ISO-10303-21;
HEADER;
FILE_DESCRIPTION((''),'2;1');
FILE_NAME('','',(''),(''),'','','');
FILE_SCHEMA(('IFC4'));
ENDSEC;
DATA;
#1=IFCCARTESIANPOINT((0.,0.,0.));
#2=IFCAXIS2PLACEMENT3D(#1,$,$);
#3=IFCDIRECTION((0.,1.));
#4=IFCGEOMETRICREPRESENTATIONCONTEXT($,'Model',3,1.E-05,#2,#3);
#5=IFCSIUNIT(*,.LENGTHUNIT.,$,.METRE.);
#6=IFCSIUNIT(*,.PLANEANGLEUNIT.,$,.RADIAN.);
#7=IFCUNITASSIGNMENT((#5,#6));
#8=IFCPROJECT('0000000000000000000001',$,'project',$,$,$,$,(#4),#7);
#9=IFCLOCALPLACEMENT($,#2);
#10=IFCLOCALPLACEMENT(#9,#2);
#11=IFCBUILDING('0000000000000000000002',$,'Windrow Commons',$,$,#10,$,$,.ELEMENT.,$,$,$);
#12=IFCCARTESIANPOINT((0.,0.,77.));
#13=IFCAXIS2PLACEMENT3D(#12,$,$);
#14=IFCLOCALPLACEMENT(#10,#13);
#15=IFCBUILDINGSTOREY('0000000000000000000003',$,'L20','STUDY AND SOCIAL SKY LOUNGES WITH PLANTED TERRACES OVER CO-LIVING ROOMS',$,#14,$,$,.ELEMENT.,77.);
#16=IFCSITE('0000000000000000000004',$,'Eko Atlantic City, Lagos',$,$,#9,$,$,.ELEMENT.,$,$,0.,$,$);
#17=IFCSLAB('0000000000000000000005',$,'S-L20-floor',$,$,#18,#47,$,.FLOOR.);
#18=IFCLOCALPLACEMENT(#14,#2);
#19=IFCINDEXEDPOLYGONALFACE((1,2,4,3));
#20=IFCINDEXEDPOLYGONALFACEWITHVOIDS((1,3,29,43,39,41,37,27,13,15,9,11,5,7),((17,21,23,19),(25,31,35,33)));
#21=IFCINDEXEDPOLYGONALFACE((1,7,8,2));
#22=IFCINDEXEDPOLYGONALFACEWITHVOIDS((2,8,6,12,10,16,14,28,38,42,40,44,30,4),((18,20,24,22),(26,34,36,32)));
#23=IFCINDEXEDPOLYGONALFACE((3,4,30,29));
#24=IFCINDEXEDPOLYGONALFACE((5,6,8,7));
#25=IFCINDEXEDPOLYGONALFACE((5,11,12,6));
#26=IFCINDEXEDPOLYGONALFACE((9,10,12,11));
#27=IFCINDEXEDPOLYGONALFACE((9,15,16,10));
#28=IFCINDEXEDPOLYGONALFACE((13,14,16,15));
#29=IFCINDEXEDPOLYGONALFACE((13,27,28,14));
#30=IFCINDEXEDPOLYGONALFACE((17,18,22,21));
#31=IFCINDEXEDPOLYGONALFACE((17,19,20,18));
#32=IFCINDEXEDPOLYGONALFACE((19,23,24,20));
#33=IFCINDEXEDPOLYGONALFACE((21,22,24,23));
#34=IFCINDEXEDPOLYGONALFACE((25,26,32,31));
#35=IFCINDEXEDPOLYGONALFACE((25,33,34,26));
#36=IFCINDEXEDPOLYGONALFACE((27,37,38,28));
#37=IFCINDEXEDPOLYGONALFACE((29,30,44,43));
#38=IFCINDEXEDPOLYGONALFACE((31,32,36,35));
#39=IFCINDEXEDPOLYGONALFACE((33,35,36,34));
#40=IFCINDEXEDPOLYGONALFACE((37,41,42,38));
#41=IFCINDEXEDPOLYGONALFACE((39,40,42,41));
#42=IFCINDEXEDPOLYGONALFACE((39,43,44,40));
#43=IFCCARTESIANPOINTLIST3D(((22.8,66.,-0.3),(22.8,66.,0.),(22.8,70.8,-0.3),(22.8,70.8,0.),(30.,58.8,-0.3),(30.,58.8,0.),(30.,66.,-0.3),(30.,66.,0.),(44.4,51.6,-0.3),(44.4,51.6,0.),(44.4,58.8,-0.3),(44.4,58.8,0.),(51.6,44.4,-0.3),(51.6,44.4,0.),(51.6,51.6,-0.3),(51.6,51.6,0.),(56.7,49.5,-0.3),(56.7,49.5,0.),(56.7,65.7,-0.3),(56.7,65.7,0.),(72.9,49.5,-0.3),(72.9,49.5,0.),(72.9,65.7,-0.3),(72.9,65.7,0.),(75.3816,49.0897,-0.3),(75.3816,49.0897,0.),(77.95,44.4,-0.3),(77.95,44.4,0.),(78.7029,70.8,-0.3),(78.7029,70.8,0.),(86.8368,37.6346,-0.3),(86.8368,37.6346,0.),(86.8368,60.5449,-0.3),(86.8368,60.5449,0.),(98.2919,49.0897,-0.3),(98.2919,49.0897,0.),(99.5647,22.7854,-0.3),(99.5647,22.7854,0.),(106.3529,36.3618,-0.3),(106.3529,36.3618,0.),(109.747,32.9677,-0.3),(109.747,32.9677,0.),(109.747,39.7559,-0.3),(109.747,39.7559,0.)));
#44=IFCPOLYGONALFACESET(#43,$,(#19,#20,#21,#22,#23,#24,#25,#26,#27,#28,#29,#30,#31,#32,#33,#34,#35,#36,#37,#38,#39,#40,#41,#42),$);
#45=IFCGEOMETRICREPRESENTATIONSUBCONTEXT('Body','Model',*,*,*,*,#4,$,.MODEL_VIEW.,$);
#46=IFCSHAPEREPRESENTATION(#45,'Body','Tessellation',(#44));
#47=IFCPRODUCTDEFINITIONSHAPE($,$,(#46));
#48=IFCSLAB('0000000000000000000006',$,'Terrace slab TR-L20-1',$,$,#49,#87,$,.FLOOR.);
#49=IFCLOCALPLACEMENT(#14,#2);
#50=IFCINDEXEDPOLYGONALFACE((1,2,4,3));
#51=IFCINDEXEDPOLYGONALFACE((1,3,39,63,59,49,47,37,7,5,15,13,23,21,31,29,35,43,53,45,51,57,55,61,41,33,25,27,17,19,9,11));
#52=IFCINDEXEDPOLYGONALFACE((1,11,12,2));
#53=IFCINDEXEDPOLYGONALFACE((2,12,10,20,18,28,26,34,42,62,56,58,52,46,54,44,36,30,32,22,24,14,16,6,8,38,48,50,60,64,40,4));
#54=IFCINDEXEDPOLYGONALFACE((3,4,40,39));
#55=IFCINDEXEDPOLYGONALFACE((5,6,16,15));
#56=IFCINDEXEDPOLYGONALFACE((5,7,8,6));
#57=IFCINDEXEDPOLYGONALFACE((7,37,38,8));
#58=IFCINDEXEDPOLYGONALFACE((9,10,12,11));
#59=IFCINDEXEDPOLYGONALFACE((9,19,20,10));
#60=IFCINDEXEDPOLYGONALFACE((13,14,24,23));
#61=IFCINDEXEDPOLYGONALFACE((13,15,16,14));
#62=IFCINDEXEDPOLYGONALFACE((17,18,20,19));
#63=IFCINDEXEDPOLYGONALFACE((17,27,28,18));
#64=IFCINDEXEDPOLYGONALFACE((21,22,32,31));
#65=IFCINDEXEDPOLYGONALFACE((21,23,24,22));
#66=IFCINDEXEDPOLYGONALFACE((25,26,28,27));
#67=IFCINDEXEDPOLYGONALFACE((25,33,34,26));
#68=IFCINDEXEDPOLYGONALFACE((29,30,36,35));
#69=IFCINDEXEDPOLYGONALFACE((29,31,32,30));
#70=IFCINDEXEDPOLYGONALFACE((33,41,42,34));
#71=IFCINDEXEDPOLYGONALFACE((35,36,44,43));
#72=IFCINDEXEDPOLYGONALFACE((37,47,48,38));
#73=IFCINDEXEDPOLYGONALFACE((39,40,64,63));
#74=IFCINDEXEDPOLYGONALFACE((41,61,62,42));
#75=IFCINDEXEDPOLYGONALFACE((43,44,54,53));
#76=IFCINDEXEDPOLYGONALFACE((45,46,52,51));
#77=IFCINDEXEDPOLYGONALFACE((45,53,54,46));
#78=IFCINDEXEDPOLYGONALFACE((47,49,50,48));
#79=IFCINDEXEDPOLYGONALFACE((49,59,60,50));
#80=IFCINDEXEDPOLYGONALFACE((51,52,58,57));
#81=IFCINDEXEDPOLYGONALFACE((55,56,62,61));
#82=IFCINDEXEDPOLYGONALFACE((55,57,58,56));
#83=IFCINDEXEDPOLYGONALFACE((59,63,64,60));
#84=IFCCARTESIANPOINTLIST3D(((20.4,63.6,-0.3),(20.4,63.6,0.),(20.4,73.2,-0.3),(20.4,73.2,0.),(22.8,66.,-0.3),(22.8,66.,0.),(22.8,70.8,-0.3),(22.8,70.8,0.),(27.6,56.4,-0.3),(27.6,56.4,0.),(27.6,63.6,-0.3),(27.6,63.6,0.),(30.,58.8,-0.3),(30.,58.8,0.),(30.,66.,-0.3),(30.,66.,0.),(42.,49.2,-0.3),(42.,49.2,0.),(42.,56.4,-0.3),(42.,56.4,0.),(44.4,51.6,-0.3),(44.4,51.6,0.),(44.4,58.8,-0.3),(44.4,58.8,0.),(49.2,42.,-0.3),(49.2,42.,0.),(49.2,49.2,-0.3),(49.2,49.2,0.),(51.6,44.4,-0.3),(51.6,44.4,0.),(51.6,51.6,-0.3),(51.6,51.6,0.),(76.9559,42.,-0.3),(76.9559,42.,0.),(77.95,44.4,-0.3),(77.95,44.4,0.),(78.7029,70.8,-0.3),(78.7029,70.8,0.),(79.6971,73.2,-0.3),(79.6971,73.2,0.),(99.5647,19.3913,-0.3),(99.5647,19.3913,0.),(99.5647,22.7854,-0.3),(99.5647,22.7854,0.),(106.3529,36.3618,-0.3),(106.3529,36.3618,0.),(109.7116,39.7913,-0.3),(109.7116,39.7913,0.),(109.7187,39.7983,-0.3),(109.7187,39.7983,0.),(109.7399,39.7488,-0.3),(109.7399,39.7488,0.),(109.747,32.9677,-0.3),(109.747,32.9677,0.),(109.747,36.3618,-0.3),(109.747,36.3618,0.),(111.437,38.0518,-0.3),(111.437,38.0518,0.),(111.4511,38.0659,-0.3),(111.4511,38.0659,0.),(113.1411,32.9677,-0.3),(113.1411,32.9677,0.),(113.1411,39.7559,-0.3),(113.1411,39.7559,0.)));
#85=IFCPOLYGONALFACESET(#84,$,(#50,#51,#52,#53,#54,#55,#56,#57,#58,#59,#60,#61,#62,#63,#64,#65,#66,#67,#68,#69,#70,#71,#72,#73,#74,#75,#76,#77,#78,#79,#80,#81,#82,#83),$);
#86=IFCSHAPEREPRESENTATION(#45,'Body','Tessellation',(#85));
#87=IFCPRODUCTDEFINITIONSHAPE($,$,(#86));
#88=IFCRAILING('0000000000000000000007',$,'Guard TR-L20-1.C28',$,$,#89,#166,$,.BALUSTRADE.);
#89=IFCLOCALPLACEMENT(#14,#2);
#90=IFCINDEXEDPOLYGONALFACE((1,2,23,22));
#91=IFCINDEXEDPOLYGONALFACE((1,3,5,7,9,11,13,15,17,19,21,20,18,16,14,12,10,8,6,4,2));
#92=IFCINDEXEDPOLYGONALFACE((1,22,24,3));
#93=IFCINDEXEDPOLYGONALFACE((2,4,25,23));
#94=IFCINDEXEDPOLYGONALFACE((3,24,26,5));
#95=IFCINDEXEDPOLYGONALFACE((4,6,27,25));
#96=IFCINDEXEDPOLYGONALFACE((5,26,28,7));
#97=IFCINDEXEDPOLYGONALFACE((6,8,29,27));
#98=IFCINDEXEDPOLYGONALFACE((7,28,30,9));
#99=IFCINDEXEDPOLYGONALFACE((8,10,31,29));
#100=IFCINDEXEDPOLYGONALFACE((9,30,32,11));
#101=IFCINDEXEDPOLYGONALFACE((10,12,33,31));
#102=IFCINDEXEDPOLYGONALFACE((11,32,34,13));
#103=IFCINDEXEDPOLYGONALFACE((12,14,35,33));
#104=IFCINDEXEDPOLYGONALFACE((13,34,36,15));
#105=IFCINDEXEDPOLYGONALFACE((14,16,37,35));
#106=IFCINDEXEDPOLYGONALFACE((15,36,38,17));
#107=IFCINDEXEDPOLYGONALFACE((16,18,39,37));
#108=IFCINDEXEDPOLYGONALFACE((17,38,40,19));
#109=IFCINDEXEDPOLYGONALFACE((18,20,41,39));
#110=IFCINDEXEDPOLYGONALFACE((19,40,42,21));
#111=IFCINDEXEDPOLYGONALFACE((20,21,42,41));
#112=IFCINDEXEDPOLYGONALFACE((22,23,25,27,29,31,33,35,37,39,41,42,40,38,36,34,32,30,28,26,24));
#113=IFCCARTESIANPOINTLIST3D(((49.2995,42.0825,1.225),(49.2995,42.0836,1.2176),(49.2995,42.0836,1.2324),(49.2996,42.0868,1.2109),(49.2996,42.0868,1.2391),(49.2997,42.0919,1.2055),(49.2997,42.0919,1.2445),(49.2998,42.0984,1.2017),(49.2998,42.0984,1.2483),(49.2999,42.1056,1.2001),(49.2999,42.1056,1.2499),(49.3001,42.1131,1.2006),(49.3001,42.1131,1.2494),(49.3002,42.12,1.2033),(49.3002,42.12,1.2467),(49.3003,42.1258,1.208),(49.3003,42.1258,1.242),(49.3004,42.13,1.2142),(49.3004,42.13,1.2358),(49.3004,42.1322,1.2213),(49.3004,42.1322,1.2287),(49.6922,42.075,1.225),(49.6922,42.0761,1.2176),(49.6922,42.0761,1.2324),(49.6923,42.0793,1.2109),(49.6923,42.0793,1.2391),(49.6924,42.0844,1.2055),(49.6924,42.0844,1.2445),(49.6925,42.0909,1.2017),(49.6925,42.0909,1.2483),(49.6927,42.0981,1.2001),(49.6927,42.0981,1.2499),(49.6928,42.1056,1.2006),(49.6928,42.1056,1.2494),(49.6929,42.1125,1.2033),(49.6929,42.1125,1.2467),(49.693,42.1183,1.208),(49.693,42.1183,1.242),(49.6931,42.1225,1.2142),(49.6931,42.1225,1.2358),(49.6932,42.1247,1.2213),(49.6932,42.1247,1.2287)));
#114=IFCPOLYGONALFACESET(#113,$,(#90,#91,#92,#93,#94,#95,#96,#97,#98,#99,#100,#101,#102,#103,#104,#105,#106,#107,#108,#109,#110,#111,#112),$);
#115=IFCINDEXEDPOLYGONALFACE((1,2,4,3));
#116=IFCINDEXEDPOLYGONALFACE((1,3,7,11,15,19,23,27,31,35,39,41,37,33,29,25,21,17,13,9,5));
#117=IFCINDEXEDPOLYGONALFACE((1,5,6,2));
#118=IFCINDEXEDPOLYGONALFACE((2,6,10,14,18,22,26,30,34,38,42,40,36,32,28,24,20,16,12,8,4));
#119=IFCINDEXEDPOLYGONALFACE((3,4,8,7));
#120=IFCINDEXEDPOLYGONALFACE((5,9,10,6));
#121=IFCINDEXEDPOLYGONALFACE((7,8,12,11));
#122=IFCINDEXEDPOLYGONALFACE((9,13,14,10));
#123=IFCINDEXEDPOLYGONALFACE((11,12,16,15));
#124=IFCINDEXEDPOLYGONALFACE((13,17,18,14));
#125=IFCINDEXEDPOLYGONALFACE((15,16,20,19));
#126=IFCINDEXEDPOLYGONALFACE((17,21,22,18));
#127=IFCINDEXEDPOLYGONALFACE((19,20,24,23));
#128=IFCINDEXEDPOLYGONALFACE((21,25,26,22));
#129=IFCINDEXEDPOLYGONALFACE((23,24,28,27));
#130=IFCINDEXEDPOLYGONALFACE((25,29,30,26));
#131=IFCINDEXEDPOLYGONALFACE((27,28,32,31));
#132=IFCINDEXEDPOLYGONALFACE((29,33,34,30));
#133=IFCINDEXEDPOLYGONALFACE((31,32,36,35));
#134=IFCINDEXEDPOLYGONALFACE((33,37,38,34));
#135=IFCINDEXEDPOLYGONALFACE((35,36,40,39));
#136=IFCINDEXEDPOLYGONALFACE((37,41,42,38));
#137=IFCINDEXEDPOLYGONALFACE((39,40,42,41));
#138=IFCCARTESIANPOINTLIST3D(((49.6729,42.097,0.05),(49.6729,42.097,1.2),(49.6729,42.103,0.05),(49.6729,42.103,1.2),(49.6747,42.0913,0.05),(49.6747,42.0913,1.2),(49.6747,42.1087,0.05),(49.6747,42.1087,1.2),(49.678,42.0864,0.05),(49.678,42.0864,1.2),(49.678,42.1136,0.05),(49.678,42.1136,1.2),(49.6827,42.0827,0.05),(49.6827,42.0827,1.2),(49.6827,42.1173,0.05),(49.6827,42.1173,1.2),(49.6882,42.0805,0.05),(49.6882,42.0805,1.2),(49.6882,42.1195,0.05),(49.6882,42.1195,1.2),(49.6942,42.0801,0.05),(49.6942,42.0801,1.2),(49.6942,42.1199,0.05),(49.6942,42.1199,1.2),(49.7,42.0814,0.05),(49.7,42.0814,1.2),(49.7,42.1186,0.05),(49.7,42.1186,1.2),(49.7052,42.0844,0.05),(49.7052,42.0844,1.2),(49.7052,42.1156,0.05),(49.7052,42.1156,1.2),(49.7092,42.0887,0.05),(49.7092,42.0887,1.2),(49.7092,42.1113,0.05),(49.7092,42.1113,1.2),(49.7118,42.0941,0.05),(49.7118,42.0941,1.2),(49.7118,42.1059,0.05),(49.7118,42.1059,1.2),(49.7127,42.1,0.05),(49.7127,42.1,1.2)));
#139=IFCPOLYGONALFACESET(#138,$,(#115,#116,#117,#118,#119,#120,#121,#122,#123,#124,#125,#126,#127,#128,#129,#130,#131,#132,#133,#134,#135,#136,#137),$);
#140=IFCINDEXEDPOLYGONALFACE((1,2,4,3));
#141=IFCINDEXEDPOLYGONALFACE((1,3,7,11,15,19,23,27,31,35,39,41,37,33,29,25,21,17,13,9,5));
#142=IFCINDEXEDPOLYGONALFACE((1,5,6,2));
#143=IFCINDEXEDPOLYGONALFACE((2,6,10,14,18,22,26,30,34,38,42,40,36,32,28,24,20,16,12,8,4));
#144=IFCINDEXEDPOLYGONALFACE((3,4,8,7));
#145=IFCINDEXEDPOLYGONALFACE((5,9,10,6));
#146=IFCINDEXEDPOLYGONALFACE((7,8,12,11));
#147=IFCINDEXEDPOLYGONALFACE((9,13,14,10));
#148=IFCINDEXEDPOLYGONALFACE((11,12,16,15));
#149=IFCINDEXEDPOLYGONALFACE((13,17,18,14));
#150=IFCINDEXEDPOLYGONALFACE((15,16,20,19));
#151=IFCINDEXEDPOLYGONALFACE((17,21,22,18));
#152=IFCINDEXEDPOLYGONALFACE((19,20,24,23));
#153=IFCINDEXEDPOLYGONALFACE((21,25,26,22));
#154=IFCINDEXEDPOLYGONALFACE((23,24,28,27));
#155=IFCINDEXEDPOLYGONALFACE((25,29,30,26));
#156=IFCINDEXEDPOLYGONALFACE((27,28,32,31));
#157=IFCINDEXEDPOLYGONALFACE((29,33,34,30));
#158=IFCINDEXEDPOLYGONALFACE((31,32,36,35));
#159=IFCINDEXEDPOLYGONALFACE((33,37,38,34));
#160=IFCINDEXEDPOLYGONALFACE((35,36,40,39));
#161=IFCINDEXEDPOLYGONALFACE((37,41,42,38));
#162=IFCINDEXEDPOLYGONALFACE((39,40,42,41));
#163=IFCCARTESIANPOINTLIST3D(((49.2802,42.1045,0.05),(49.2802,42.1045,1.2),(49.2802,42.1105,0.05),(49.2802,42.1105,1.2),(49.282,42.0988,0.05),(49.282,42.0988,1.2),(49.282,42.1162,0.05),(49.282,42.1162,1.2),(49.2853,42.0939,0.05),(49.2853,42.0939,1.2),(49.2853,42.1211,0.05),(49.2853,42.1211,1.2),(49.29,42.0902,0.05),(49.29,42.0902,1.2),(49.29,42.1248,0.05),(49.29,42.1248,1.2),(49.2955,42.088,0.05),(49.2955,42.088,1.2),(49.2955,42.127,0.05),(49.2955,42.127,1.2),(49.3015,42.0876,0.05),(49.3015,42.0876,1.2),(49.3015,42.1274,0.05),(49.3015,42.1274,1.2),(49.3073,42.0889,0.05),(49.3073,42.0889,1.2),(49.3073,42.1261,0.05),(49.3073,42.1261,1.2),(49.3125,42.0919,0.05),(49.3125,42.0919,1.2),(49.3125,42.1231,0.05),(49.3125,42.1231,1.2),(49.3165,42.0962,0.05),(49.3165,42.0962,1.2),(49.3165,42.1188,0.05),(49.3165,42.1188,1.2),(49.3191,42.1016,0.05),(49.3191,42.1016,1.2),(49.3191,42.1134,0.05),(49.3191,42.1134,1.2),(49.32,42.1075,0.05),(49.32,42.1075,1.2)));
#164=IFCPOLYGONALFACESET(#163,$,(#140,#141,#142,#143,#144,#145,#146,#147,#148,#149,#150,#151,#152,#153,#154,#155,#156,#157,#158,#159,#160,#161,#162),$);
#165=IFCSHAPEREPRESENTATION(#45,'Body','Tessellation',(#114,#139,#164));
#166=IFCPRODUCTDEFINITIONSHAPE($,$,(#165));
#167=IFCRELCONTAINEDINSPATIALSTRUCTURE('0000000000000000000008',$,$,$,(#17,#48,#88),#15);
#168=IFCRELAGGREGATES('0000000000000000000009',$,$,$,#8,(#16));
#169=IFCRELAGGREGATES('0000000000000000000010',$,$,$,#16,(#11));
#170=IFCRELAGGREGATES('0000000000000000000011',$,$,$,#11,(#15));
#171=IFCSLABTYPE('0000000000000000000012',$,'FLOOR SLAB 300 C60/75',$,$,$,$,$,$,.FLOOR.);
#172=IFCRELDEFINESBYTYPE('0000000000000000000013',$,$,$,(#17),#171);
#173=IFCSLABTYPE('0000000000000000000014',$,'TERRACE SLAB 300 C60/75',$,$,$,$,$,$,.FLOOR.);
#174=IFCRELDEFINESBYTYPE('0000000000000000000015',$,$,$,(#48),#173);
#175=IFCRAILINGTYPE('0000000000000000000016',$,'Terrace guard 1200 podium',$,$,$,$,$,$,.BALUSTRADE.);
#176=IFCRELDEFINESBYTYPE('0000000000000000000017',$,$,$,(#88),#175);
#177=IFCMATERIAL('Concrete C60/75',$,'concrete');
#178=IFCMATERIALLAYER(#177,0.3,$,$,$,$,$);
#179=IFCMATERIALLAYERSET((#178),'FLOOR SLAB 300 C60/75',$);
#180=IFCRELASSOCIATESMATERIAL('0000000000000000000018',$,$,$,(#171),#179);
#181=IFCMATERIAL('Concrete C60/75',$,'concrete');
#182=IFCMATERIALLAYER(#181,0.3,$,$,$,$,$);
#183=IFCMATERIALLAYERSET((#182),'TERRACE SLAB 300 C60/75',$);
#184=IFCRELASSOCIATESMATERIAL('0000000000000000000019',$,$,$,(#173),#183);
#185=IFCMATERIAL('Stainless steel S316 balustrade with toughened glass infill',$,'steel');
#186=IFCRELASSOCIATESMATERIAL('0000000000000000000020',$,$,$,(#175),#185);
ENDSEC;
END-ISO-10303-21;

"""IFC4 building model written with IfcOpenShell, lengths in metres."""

from ifc_helpers import new_model, si_unit, direction, frame, origin, origin_2d, place, context, subcontext, project, spatial, polyline, circle, outline, extrude, material, layer, layer_set, type_object, element, save


model = new_model("IFC4")

# Units and contexts
model_context = context("Model", 3, precision=1e-05, world=origin(), true_north=direction((0.0, 1.0)))
body_context = subcontext(model_context, "Body", "Model", "MODEL_VIEW")
ifc_project = project(units=[si_unit("LENGTHUNIT", "METRE"), si_unit("PLANEANGLEUNIT", "RADIAN")], contexts=[model_context])

# Site, building, storey
site_placement = place(None, origin())
site = spatial("IfcSite", under=ifc_project, at=site_placement, Name="Eko Atlantic City, Lagos", CompositionType="ELEMENT", RefElevation=0.0)
building_placement = place(site_placement, origin())
building = spatial("IfcBuilding", under=site, at=building_placement, Name="Windrow Commons", CompositionType="ELEMENT")
storey_placement = place(building_placement, frame((0.0, 0.0, 77.0)))
storey = spatial("IfcBuildingStorey", under=building, at=storey_placement, Name="L20", Description="STUDY AND SOCIAL SKY LOUNGES WITH PLANTED TERRACES OVER CO-LIVING ROOMS", CompositionType="ELEMENT", Elevation=77.0)

# Shared definitions
placement_1 = place(storey_placement, frame((0.0, 0.0, -0.3)))

# Slab, openings
ifc_material_1 = material(Name="Concrete C60/75", Category="concrete")
ifc_layer_1 = layer(ifc_material_1, 0.3)
ifc_layer_set_1 = layer_set([ifc_layer_1], Name="FLOOR SLAB 300 C60/75")
slab_type_1 = type_object("IfcSlabType", Name="FLOOR SLAB 300 C60/75", PredefinedType="FLOOR", material=ifc_layer_set_1)
slab_1 = element("IfcSlab", 1, at=placement_1, inside=storey, type_object=slab_type_1, Name="S-L20-floor", PredefinedType="FLOOR", context=body_context, shape_type="SweptSolid", body=[
    extrude(outline(polyline([(99.5647, 22.7854), (109.747, 32.9677), (106.3529, 36.3618), (109.747, 39.7559), (78.7029, 70.8), (22.8, 70.8), (22.8, 66.0), (30.0, 66.0), (30.0, 58.8), (44.4, 58.8), (44.4, 51.6), (51.6, 51.6), (51.6, 44.4), (77.95, 44.4), (99.5647, 22.7854)]), holes=[polyline([(75.3816, 49.0897), (86.8368, 60.5449), (98.2919, 49.0897), (86.8368, 37.6346), (75.3816, 49.0897)]), polyline([(56.7, 49.5), (56.7, 65.7), (72.9, 65.7), (72.9, 49.5), (56.7, 49.5)])]), origin(), (0.0, 0.0, 1.0), 0.3),
])
opening_1_placement = place(placement_1, origin())
element("IfcOpeningElement", 2, at=opening_1_placement, cuts=slab_1, PredefinedType="OPENING", context=body_context, shape_type="SweptSolid", body=[
    extrude(outline(polyline([(75.3887, 49.0897), (86.8368, 60.5378), (98.2848, 49.0897), (86.8368, 37.6417), (75.3887, 49.0897)])), origin(), (0.0, 0.0, 1.0), 0.3),
])
opening_2_placement = place(placement_1, origin())
element("IfcOpeningElement", 3, at=opening_2_placement, cuts=slab_1, PredefinedType="OPENING", context=body_context, shape_type="SweptSolid", body=[
    extrude(outline(polyline([(56.705, 49.505), (56.705, 65.695), (72.895, 65.695), (72.895, 49.505), (56.705, 49.505)])), origin(), (0.0, 0.0, 1.0), 0.3),
])

# Slab
ifc_material_2 = material(Name="Concrete C60/75", Category="concrete")
ifc_layer_2 = layer(ifc_material_2, 0.3)
ifc_layer_set_2 = layer_set([ifc_layer_2], Name="TERRACE SLAB 300 C60/75")
slab_type_2 = type_object("IfcSlabType", Name="TERRACE SLAB 300 C60/75", PredefinedType="FLOOR", material=ifc_layer_set_2)
element("IfcSlab", 4, at=placement_1, inside=storey, type_object=slab_type_2, Name="Terrace slab TR-L20-1", PredefinedType="FLOOR", context=body_context, shape_type="SweptSolid", body=[
    extrude(outline(polyline([(49.2, 49.2), (49.2, 42.0), (76.9559, 42.0), (99.5647, 19.3913), (113.1411, 32.9677), (109.747, 36.3618), (111.437, 38.0518), (109.7399, 39.7488), (106.3529, 36.3618), (109.747, 32.9677), (99.5647, 22.7854), (77.95, 44.4), (51.6, 44.4), (51.6, 51.6), (44.4, 51.6), (44.4, 58.8), (30.0, 58.8), (30.0, 66.0), (22.8, 66.0), (22.8, 70.8), (78.7029, 70.8), (109.7116, 39.7913), (109.7187, 39.7983), (111.4511, 38.0659), (113.1411, 39.7559), (79.6971, 73.2), (20.4, 73.2), (20.4, 63.6), (27.6, 63.6), (27.6, 56.4), (42.0, 56.4), (42.0, 49.2), (49.2, 49.2)])), origin(), (0.0, 0.0, 1.0), 0.3),
])

# Railing
ifc_material_3 = material(Name="Stainless steel S316 balustrade with toughened glass infill", Category="steel")
railing_type = type_object("IfcRailingType", Name="Terrace guard 1200 podium", PredefinedType="BALUSTRADE", material=ifc_material_3)
railing_1_placement = place(storey_placement, frame((49.6927, 42.1, 0.05)))
element("IfcRailing", 5, at=railing_1_placement, inside=storey, type_object=railing_type, Name="Guard TR-L20-1.C28", PredefinedType="BALUSTRADE", context=body_context, shape_type="SweptSolid", body=[
    extrude(circle(Radius=0.025, at=origin_2d()), frame((0.0, 0.0, 1.175), z_axis=(-0.999818, 0.019095, 0.0), x_axis=(-0.019095, -0.999818, 0.0)), (0.0, 0.0, 1.0), 0.3928),
    extrude(circle(Radius=0.02, at=origin_2d()), origin(), (0.0, 0.0, 1.0), 1.15),
    extrude(circle(Radius=0.02, at=origin_2d()), frame((-0.3927, 0.0075, 0.0)), (0.0, 0.0, 1.0), 1.15),
])

save(model, "model.ifc")
